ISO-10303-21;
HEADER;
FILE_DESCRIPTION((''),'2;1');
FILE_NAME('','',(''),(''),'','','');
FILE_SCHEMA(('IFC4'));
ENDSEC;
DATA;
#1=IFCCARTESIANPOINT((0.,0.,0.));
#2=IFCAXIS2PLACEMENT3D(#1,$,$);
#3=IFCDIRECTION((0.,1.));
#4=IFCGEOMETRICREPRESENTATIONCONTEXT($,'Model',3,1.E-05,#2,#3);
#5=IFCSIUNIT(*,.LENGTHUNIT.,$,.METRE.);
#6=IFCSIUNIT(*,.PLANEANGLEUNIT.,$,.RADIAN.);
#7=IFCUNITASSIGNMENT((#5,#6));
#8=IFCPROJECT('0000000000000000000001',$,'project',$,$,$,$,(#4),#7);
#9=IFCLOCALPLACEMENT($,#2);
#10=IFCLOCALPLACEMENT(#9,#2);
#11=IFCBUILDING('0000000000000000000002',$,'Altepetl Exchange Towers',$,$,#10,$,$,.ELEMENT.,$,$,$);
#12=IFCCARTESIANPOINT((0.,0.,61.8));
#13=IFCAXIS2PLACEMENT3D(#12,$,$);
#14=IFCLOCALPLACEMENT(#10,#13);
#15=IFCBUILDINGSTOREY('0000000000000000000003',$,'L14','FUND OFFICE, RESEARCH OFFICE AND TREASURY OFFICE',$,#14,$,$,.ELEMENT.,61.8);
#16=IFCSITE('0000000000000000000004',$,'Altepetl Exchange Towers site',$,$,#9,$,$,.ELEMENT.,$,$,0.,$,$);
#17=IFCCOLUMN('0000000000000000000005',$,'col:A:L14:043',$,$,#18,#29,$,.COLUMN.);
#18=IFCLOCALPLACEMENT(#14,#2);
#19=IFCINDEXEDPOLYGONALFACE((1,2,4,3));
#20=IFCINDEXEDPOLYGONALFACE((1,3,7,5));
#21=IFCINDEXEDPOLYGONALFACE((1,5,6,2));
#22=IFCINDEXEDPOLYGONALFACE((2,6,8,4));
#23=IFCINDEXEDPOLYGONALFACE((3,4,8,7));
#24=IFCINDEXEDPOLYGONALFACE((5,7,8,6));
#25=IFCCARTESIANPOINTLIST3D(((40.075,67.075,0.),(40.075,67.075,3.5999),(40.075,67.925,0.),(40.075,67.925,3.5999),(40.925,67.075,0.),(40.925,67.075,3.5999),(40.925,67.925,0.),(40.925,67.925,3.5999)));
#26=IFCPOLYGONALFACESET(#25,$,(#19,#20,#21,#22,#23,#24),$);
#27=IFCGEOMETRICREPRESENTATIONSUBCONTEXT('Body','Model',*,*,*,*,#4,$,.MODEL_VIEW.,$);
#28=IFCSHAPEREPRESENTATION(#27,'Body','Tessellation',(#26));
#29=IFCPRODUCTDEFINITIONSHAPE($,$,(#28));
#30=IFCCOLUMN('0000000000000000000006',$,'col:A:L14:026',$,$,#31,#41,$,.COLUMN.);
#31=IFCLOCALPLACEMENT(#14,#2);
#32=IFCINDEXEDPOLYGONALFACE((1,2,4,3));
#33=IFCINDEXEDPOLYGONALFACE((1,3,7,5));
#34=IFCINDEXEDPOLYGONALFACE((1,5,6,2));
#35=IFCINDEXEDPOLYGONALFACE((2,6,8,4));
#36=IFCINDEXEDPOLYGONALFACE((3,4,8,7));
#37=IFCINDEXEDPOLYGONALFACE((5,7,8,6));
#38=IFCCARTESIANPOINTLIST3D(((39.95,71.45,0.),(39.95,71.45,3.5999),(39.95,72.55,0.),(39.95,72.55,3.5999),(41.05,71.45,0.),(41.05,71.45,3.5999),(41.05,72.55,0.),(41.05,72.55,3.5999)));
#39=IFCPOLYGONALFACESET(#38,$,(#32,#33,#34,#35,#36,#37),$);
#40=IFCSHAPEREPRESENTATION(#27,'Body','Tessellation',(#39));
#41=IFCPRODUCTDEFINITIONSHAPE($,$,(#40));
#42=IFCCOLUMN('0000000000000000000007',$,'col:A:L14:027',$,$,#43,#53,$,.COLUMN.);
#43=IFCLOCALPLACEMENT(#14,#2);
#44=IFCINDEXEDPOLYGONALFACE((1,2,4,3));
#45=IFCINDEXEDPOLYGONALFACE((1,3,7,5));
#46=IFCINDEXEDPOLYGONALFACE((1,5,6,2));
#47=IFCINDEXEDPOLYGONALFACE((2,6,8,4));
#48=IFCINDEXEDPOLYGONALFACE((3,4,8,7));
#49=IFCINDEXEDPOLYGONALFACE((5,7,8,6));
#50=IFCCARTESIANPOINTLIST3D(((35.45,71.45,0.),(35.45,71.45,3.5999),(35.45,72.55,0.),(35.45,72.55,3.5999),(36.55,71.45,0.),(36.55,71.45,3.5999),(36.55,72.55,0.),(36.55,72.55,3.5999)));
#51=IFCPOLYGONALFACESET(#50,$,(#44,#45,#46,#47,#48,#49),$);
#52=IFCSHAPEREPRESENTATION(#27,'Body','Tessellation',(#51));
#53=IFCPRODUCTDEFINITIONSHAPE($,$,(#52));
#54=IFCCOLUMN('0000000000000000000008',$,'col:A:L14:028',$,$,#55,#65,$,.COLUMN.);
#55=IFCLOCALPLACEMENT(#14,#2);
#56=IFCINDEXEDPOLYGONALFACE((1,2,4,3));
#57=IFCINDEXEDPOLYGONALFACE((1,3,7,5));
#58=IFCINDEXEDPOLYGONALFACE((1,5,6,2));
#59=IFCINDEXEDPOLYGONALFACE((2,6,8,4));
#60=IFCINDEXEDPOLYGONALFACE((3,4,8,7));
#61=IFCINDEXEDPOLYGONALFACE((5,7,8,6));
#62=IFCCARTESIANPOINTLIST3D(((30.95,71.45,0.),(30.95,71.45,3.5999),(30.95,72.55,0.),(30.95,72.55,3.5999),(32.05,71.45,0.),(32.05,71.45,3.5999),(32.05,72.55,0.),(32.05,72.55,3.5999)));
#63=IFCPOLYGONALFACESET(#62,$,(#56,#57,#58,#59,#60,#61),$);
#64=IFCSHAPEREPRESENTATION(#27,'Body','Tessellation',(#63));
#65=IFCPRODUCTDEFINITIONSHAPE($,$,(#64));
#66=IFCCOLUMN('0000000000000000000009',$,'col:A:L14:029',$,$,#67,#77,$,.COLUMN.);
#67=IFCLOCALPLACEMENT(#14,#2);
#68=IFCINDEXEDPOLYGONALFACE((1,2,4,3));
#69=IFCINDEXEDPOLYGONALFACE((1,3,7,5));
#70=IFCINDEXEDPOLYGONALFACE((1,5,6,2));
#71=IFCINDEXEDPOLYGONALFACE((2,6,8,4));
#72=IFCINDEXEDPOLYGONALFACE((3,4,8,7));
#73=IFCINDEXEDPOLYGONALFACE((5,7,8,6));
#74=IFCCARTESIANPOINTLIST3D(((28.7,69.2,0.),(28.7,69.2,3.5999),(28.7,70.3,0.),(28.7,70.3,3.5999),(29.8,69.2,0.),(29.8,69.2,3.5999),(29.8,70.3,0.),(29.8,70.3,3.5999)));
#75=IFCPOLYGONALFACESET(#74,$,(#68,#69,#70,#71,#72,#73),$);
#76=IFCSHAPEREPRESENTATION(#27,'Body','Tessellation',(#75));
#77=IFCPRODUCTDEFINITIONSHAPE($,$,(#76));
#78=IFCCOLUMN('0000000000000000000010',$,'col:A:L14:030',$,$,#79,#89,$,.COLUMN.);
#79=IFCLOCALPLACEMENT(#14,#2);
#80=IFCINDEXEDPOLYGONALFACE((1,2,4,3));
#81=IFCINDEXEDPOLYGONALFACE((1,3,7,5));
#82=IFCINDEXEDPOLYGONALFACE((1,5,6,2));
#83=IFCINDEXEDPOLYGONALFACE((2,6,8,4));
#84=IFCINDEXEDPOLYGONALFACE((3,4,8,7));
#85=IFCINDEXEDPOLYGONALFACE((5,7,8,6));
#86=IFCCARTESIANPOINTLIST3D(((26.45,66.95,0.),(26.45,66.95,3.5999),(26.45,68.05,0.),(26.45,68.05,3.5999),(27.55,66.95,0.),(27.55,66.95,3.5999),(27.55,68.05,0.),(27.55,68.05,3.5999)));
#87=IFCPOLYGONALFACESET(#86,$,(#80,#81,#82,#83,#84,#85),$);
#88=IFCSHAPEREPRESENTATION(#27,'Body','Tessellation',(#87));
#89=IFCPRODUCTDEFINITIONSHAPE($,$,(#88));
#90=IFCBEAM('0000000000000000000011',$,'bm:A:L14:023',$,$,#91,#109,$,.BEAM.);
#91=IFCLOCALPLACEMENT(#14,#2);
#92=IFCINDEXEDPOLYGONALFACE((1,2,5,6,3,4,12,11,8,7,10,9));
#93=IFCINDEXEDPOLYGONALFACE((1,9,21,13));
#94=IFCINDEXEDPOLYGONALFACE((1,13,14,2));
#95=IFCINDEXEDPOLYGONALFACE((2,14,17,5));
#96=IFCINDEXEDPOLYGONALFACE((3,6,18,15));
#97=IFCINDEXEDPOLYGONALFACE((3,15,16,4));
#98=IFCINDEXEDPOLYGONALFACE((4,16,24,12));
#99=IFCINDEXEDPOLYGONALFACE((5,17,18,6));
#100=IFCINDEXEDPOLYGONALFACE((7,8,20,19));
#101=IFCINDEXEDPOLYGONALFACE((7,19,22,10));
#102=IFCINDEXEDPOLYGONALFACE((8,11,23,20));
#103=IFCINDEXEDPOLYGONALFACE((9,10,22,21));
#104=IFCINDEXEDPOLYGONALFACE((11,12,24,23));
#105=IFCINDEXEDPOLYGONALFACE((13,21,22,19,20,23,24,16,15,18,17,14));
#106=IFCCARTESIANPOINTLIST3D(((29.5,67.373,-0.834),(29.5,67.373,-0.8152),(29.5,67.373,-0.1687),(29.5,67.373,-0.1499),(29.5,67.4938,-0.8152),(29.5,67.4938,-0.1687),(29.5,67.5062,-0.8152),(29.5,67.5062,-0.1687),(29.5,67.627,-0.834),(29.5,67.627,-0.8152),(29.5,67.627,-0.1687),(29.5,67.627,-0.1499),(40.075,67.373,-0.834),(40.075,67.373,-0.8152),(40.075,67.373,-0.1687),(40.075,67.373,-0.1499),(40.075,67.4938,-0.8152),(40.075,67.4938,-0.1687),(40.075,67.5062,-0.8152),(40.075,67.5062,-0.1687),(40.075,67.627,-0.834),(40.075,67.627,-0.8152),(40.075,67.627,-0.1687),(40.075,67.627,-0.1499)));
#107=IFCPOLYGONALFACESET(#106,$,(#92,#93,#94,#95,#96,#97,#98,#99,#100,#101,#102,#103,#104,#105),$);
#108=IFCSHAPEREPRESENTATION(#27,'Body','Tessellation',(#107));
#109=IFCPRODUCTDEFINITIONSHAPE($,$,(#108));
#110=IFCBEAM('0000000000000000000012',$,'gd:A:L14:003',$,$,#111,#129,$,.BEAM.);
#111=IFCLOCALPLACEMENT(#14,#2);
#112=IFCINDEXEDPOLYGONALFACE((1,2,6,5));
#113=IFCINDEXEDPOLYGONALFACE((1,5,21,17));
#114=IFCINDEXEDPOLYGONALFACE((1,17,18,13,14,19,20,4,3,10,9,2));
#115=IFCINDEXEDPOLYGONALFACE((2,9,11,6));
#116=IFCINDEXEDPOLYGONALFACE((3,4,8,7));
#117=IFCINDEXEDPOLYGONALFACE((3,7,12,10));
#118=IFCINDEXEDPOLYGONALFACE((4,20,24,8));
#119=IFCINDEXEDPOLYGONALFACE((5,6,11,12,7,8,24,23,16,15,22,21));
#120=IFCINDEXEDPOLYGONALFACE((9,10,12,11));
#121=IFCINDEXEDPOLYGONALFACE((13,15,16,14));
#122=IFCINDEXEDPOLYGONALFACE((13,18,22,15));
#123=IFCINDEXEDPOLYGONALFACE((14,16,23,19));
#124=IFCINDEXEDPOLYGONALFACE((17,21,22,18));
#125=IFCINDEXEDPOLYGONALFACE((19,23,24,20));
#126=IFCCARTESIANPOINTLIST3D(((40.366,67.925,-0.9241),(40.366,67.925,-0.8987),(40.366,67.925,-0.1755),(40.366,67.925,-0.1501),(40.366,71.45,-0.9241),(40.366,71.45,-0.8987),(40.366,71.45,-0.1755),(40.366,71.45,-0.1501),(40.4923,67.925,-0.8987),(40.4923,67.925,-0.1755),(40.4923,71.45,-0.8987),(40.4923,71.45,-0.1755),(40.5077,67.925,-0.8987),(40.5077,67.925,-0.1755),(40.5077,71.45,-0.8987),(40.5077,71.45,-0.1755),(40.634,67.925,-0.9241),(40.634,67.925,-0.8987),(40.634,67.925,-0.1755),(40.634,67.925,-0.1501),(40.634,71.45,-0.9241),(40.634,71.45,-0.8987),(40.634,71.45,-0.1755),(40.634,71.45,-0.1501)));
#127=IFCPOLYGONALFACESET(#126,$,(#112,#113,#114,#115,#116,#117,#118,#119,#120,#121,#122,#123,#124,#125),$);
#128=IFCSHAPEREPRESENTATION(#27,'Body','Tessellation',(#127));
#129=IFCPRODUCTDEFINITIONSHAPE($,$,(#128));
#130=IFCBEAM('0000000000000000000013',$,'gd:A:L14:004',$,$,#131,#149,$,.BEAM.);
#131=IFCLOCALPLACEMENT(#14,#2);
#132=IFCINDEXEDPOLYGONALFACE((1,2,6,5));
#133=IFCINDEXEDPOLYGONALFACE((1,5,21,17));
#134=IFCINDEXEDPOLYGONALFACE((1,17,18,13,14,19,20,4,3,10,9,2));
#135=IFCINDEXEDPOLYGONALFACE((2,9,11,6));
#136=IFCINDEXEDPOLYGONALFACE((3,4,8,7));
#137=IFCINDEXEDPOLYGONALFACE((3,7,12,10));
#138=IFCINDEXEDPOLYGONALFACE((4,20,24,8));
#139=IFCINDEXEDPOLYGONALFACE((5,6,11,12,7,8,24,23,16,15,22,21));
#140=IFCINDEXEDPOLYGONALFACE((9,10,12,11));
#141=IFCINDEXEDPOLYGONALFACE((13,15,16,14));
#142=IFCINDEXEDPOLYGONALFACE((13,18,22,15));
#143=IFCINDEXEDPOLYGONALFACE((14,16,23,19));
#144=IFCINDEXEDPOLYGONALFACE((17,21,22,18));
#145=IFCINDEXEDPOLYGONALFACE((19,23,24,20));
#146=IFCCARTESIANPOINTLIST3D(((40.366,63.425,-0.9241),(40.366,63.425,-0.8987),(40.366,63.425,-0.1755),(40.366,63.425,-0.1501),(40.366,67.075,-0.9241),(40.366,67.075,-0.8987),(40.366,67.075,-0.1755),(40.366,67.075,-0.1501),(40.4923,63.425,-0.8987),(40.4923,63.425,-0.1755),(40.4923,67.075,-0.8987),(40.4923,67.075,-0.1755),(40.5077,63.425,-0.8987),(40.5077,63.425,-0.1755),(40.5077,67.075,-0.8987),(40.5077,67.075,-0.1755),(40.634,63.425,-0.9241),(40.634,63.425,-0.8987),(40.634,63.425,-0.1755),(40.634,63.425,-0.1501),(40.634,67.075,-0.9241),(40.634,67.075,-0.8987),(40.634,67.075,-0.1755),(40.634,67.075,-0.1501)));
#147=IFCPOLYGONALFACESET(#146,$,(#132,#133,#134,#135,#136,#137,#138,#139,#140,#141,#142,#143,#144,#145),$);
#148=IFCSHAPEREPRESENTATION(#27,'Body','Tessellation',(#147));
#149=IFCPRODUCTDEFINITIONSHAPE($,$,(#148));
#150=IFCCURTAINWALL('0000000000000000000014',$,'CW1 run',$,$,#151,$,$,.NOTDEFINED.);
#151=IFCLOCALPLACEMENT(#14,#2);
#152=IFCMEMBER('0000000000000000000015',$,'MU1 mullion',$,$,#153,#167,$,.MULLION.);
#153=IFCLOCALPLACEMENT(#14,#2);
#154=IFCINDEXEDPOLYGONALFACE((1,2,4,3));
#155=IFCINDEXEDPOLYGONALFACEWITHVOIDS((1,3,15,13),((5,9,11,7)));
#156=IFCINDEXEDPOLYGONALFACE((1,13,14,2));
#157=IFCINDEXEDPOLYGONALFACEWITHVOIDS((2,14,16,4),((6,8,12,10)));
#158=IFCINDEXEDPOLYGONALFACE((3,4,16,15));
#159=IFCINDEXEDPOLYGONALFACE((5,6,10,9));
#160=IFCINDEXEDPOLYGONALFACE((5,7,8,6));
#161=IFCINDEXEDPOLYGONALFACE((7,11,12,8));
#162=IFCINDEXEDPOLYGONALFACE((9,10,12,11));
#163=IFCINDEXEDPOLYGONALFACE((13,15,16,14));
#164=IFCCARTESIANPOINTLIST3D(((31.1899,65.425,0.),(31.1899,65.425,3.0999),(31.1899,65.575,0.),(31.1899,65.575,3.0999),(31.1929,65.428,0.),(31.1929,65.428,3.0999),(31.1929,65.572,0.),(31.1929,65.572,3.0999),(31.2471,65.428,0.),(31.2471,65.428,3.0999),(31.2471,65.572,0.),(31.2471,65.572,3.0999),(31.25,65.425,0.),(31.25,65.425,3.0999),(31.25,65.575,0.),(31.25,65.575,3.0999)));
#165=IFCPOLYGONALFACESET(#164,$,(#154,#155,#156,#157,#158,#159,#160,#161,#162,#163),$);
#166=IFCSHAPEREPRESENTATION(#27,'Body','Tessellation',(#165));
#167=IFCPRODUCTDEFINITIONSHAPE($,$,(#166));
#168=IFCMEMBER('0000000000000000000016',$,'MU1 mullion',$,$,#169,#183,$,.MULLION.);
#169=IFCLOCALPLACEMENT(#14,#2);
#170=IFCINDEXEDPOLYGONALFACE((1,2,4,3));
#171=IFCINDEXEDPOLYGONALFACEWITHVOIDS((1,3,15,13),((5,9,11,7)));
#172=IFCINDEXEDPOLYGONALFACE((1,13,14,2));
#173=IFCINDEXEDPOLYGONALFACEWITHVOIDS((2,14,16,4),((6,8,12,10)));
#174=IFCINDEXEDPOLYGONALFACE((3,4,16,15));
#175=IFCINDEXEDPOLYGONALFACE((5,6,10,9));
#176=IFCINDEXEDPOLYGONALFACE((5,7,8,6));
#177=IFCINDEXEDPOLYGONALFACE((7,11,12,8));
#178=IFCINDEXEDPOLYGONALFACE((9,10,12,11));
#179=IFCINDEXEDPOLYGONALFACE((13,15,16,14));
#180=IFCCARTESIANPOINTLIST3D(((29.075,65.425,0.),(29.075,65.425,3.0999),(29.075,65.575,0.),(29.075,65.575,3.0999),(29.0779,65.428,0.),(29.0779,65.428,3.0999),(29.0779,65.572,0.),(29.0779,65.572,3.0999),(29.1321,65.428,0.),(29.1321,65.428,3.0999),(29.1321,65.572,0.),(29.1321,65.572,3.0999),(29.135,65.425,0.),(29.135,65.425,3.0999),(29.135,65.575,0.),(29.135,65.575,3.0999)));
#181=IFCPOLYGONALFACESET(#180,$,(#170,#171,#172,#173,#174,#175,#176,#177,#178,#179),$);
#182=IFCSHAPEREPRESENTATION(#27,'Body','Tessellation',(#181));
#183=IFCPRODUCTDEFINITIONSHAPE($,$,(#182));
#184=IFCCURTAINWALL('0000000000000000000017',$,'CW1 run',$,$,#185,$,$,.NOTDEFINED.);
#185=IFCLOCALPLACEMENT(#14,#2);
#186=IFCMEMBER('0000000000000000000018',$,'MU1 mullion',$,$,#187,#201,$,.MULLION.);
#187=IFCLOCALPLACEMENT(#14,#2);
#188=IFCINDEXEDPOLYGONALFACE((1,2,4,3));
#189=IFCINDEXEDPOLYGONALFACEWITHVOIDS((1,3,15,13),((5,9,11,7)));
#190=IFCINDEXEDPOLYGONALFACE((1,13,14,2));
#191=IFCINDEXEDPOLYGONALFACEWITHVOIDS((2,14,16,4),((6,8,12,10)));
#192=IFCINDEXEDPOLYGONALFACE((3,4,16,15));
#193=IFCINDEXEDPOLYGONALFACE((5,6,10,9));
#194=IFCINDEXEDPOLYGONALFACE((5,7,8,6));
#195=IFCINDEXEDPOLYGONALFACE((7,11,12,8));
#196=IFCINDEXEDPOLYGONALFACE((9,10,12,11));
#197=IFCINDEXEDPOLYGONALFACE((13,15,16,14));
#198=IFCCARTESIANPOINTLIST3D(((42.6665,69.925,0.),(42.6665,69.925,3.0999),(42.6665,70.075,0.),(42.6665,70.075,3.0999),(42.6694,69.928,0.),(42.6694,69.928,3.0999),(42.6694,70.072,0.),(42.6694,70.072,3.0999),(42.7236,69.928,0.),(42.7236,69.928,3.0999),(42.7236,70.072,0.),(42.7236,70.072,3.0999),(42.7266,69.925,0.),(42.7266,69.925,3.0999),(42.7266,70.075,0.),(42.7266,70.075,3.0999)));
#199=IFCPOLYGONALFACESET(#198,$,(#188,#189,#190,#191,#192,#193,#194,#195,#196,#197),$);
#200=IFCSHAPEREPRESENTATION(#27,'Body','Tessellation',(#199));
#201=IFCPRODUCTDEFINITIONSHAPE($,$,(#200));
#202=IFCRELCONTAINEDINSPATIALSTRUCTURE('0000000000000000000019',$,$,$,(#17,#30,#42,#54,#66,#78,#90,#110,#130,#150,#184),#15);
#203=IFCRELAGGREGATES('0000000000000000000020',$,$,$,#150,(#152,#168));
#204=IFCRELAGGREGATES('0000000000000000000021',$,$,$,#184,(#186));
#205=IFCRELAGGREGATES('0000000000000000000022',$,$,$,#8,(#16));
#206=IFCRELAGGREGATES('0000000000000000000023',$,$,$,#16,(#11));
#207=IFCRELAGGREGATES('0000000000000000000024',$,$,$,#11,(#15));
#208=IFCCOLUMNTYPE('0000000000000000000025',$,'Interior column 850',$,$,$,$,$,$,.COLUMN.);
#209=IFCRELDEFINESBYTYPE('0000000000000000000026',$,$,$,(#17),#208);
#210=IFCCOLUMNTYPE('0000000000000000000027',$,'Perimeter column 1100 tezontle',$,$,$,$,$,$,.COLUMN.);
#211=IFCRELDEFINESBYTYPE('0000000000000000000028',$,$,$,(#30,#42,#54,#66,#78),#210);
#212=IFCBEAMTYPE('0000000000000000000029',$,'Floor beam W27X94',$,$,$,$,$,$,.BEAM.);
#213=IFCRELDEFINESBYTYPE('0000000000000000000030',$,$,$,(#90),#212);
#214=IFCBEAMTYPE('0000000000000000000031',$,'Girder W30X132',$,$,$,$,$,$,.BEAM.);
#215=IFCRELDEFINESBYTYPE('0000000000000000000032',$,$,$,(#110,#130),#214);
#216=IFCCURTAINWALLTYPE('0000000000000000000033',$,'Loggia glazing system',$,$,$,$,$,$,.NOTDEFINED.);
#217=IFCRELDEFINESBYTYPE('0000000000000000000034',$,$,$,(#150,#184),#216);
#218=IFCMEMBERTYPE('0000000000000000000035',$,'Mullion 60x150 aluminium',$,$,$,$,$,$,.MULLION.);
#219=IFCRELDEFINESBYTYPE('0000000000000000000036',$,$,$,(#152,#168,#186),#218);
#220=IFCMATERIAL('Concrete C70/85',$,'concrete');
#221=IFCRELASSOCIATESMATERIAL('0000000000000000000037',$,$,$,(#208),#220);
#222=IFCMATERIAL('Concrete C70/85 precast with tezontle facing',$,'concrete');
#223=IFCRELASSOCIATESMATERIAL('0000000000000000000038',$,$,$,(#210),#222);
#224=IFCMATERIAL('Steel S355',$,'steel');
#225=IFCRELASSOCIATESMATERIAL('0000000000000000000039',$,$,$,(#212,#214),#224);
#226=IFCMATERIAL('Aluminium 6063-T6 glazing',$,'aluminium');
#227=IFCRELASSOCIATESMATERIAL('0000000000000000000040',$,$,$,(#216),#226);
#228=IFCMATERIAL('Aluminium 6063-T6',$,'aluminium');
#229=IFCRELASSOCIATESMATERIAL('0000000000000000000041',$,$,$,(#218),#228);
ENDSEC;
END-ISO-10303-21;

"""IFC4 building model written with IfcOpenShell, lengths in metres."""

from ifc_helpers import new_model, si_unit, direction, frame, origin, origin_2d, place, context, subcontext, project, spatial, rectangle, hollow_rectangle, i_section, extrude, material, material_profile, profile_set, type_object, element, aggregate, save


model = new_model("IFC4")

# Units and contexts
model_context = context("Model", 3, precision=1e-05, world=origin(), true_north=direction((0.0, 1.0)))
body_context = subcontext(model_context, "Body", "Model", "MODEL_VIEW")
ifc_project = project(units=[si_unit("LENGTHUNIT", "METRE"), si_unit("PLANEANGLEUNIT", "RADIAN")], contexts=[model_context])

# Site, building, storey
site_placement = place(None, origin())
site = spatial("IfcSite", under=ifc_project, at=site_placement, Name="Altepetl Exchange Towers site", CompositionType="ELEMENT", RefElevation=0.0)
building_placement = place(site_placement, origin())
building = spatial("IfcBuilding", under=site, at=building_placement, Name="Altepetl Exchange Towers", CompositionType="ELEMENT")
storey_placement = place(building_placement, frame((0.0, 0.0, 61.8)))
storey = spatial("IfcBuildingStorey", under=building, at=storey_placement, Name="L14", Description="FUND OFFICE, RESEARCH OFFICE AND TREASURY OFFICE", CompositionType="ELEMENT", Elevation=61.8)

# Columns
ifc_material_1 = material(Name="Concrete C70/85", Category="concrete")
ifc_material_profile_1 = material_profile(ifc_material_1, rectangle(XDim=0.8501, YDim=0.8501, at=origin_2d()), Name="850 x 850")
ifc_profile_set_1 = profile_set([ifc_material_profile_1], Name="Concrete C70/85")
column_type_1 = type_object("IfcColumnType", Name="Interior column 850", PredefinedType="COLUMN", material=ifc_profile_set_1)
column_placement = place(storey_placement, frame((40.5, 67.5, 0.0)))
element("IfcColumn", 1, at=column_placement, inside=storey, type_object=column_type_1, Name="col:A:L14:043", PredefinedType="COLUMN", context=body_context, shape_type="SweptSolid", body=[
    extrude(rectangle(XDim=0.8501, YDim=0.8501, at=origin_2d()), origin(), (0.0, 0.0, 1.0), 3.5999),
])
ifc_material_2 = material(Name="Concrete C70/85 precast with tezontle facing", Category="concrete")
ifc_material_profile_2 = material_profile(ifc_material_2, rectangle(XDim=1.1001, YDim=1.1001, at=origin_2d()), Name="1100 x 1100")
ifc_profile_set_2 = profile_set([ifc_material_profile_2], Name="Concrete C70/85 precast with tezontle facing")
column_type_2 = type_object("IfcColumnType", Name="Perimeter column 1100 tezontle", PredefinedType="COLUMN", material=ifc_profile_set_2)
for number, where, name in (
    (2, (40.5, 72.0, 0.0), "col:A:L14:026"),
    (3, (36.0, 72.0, 0.0), "col:A:L14:027"),
    (4, (31.5, 72.0, 0.0), "col:A:L14:028"),
    (5, (29.25, 69.75, 0.0), "col:A:L14:029"),
    (6, (27.0, 67.5, 0.0), "col:A:L14:030"),
):
    element("IfcColumn", number, at=place(storey_placement, frame(where)), inside=storey, type_object=column_type_2, Name=name, PredefinedType="COLUMN", context=body_context, shape_type="SweptSolid", body=[
        extrude(rectangle(XDim=1.1001, YDim=1.1001, at=origin_2d()), origin(), (0.0, 0.0, 1.0), 3.5999),
    ])

# Beams
ifc_material_3 = material(Name="Steel S355", Category="steel")
ifc_material_profile_3 = material_profile(ifc_material_3, i_section(OverallWidth=0.2539, OverallDepth=0.6841, WebThickness=0.0125, FlangeThickness=0.0188, at=origin_2d()), Name="W27X94")
ifc_profile_set_3 = profile_set([ifc_material_profile_3], Name="Steel S355")
beam_type_1 = type_object("IfcBeamType", Name="Floor beam W27X94", PredefinedType="BEAM", material=ifc_profile_set_3)
beam_1_placement = place(storey_placement, frame((29.5, 67.5, -0.4919), z_axis=(1.0, 0.0, 0.0), x_axis=(0.0, 1.0, 0.0)))
element("IfcBeam", 7, at=beam_1_placement, inside=storey, type_object=beam_type_1, Name="bm:A:L14:023", PredefinedType="BEAM", context=body_context, shape_type="SweptSolid", body=[
    extrude(i_section(OverallWidth=0.2539, OverallDepth=0.6841, WebThickness=0.0125, FlangeThickness=0.0188, at=origin_2d()), origin(), (0.0, 0.0, 1.0), 10.575),
])
ifc_material_profile_4 = material_profile(ifc_material_3, i_section(OverallWidth=0.2681, OverallDepth=0.7739, WebThickness=0.0154, FlangeThickness=0.0254, at=origin_2d()), Name="W30X132")
ifc_profile_set_4 = profile_set([ifc_material_profile_4], Name="Steel S355")
beam_type_2 = type_object("IfcBeamType", Name="Girder W30X132", PredefinedType="BEAM", material=ifc_profile_set_4)
beam_2_placement = place(storey_placement, frame((40.5, 71.45, -0.5371), z_axis=(0.0, -1.0, 0.0), x_axis=(1.0, 0.0, 0.0)))
element("IfcBeam", 8, at=beam_2_placement, inside=storey, type_object=beam_type_2, Name="gd:A:L14:003", PredefinedType="BEAM", context=body_context, shape_type="SweptSolid", body=[
    extrude(i_section(OverallWidth=0.2681, OverallDepth=0.7739, WebThickness=0.0154, FlangeThickness=0.0254, at=origin_2d()), origin(), (0.0, 0.0, 1.0), 3.5249),
])
beam_3_placement = place(storey_placement, frame((40.5, 67.075, -0.5371), z_axis=(0.0, -1.0, 0.0), x_axis=(1.0, 0.0, 0.0)))
element("IfcBeam", 9, at=beam_3_placement, inside=storey, type_object=beam_type_2, Name="gd:A:L14:004", PredefinedType="BEAM", context=body_context, shape_type="SweptSolid", body=[
    extrude(i_section(OverallWidth=0.2681, OverallDepth=0.7739, WebThickness=0.0154, FlangeThickness=0.0254, at=origin_2d()), origin(), (0.0, 0.0, 1.0), 3.6499),
])

# Curtain walls, members
ifc_material_4 = material(Name="Aluminium 6063-T6 glazing", Category="aluminium")
curtain_wall_type = type_object("IfcCurtainWallType", Name="Loggia glazing system", PredefinedType="NOTDEFINED", material=ifc_material_4)
curtain_wall_1_placement = place(storey_placement, origin())
curtain_wall_1 = element("IfcCurtainWall", 10, at=curtain_wall_1_placement, inside=storey, type_object=curtain_wall_type, Name="CW1 run", PredefinedType="NOTDEFINED")
ifc_material_5 = material(Name="Aluminium 6063-T6", Category="aluminium")
ifc_material_profile_5 = material_profile(ifc_material_5, hollow_rectangle(XDim=0.0601, YDim=0.1499, WallThickness=0.0029, at=origin_2d()), Name="Mullion 60x150 aluminium")
ifc_profile_set_5 = profile_set([ifc_material_profile_5], Name="Aluminium 6063-T6")
member_type = type_object("IfcMemberType", Name="Mullion 60x150 aluminium", PredefinedType="MULLION", material=ifc_profile_set_5)
member_1_placement = place(storey_placement, frame((31.22, 65.5, 0.0), z_axis=(0.0, 0.0, 1.0), x_axis=(-1.0, 0.0, 0.0)))
member_1 = element("IfcMember", 11, at=member_1_placement, type_object=member_type, Name="MU1 mullion", PredefinedType="MULLION", context=body_context, shape_type="SweptSolid", body=[
    extrude(hollow_rectangle(XDim=0.0601, YDim=0.1499, WallThickness=0.0029, at=origin_2d()), origin(), (0.0, 0.0, 1.0), 3.0999),
])
member_2_placement = place(storey_placement, frame((29.105, 65.5, 0.0), z_axis=(0.0, 0.0, 1.0), x_axis=(-1.0, 0.0, 0.0)))
member_2 = element("IfcMember", 12, at=member_2_placement, type_object=member_type, Name="MU1 mullion", PredefinedType="MULLION", context=body_context, shape_type="SweptSolid", body=[
    extrude(hollow_rectangle(XDim=0.0601, YDim=0.1499, WallThickness=0.0029, at=origin_2d()), origin(), (0.0, 0.0, 1.0), 3.0999),
])
curtain_wall_2_placement = place(storey_placement, origin())
curtain_wall_2 = element("IfcCurtainWall", 13, at=curtain_wall_2_placement, inside=storey, type_object=curtain_wall_type, Name="CW1 run", PredefinedType="NOTDEFINED")
member_3_placement = place(storey_placement, frame((42.6965, 70.0, 0.0), z_axis=(0.0, 0.0, 1.0), x_axis=(-1.0, 0.0, 0.0)))
member_3 = element("IfcMember", 14, at=member_3_placement, type_object=member_type, Name="MU1 mullion", PredefinedType="MULLION", context=body_context, shape_type="SweptSolid", body=[
    extrude(hollow_rectangle(XDim=0.0601, YDim=0.1499, WallThickness=0.0029, at=origin_2d()), origin(), (0.0, 0.0, 1.0), 3.0999),
])

aggregate(curtain_wall_1, [member_1, member_2])
aggregate(curtain_wall_2, [member_3])

save(model, "model.ifc")
